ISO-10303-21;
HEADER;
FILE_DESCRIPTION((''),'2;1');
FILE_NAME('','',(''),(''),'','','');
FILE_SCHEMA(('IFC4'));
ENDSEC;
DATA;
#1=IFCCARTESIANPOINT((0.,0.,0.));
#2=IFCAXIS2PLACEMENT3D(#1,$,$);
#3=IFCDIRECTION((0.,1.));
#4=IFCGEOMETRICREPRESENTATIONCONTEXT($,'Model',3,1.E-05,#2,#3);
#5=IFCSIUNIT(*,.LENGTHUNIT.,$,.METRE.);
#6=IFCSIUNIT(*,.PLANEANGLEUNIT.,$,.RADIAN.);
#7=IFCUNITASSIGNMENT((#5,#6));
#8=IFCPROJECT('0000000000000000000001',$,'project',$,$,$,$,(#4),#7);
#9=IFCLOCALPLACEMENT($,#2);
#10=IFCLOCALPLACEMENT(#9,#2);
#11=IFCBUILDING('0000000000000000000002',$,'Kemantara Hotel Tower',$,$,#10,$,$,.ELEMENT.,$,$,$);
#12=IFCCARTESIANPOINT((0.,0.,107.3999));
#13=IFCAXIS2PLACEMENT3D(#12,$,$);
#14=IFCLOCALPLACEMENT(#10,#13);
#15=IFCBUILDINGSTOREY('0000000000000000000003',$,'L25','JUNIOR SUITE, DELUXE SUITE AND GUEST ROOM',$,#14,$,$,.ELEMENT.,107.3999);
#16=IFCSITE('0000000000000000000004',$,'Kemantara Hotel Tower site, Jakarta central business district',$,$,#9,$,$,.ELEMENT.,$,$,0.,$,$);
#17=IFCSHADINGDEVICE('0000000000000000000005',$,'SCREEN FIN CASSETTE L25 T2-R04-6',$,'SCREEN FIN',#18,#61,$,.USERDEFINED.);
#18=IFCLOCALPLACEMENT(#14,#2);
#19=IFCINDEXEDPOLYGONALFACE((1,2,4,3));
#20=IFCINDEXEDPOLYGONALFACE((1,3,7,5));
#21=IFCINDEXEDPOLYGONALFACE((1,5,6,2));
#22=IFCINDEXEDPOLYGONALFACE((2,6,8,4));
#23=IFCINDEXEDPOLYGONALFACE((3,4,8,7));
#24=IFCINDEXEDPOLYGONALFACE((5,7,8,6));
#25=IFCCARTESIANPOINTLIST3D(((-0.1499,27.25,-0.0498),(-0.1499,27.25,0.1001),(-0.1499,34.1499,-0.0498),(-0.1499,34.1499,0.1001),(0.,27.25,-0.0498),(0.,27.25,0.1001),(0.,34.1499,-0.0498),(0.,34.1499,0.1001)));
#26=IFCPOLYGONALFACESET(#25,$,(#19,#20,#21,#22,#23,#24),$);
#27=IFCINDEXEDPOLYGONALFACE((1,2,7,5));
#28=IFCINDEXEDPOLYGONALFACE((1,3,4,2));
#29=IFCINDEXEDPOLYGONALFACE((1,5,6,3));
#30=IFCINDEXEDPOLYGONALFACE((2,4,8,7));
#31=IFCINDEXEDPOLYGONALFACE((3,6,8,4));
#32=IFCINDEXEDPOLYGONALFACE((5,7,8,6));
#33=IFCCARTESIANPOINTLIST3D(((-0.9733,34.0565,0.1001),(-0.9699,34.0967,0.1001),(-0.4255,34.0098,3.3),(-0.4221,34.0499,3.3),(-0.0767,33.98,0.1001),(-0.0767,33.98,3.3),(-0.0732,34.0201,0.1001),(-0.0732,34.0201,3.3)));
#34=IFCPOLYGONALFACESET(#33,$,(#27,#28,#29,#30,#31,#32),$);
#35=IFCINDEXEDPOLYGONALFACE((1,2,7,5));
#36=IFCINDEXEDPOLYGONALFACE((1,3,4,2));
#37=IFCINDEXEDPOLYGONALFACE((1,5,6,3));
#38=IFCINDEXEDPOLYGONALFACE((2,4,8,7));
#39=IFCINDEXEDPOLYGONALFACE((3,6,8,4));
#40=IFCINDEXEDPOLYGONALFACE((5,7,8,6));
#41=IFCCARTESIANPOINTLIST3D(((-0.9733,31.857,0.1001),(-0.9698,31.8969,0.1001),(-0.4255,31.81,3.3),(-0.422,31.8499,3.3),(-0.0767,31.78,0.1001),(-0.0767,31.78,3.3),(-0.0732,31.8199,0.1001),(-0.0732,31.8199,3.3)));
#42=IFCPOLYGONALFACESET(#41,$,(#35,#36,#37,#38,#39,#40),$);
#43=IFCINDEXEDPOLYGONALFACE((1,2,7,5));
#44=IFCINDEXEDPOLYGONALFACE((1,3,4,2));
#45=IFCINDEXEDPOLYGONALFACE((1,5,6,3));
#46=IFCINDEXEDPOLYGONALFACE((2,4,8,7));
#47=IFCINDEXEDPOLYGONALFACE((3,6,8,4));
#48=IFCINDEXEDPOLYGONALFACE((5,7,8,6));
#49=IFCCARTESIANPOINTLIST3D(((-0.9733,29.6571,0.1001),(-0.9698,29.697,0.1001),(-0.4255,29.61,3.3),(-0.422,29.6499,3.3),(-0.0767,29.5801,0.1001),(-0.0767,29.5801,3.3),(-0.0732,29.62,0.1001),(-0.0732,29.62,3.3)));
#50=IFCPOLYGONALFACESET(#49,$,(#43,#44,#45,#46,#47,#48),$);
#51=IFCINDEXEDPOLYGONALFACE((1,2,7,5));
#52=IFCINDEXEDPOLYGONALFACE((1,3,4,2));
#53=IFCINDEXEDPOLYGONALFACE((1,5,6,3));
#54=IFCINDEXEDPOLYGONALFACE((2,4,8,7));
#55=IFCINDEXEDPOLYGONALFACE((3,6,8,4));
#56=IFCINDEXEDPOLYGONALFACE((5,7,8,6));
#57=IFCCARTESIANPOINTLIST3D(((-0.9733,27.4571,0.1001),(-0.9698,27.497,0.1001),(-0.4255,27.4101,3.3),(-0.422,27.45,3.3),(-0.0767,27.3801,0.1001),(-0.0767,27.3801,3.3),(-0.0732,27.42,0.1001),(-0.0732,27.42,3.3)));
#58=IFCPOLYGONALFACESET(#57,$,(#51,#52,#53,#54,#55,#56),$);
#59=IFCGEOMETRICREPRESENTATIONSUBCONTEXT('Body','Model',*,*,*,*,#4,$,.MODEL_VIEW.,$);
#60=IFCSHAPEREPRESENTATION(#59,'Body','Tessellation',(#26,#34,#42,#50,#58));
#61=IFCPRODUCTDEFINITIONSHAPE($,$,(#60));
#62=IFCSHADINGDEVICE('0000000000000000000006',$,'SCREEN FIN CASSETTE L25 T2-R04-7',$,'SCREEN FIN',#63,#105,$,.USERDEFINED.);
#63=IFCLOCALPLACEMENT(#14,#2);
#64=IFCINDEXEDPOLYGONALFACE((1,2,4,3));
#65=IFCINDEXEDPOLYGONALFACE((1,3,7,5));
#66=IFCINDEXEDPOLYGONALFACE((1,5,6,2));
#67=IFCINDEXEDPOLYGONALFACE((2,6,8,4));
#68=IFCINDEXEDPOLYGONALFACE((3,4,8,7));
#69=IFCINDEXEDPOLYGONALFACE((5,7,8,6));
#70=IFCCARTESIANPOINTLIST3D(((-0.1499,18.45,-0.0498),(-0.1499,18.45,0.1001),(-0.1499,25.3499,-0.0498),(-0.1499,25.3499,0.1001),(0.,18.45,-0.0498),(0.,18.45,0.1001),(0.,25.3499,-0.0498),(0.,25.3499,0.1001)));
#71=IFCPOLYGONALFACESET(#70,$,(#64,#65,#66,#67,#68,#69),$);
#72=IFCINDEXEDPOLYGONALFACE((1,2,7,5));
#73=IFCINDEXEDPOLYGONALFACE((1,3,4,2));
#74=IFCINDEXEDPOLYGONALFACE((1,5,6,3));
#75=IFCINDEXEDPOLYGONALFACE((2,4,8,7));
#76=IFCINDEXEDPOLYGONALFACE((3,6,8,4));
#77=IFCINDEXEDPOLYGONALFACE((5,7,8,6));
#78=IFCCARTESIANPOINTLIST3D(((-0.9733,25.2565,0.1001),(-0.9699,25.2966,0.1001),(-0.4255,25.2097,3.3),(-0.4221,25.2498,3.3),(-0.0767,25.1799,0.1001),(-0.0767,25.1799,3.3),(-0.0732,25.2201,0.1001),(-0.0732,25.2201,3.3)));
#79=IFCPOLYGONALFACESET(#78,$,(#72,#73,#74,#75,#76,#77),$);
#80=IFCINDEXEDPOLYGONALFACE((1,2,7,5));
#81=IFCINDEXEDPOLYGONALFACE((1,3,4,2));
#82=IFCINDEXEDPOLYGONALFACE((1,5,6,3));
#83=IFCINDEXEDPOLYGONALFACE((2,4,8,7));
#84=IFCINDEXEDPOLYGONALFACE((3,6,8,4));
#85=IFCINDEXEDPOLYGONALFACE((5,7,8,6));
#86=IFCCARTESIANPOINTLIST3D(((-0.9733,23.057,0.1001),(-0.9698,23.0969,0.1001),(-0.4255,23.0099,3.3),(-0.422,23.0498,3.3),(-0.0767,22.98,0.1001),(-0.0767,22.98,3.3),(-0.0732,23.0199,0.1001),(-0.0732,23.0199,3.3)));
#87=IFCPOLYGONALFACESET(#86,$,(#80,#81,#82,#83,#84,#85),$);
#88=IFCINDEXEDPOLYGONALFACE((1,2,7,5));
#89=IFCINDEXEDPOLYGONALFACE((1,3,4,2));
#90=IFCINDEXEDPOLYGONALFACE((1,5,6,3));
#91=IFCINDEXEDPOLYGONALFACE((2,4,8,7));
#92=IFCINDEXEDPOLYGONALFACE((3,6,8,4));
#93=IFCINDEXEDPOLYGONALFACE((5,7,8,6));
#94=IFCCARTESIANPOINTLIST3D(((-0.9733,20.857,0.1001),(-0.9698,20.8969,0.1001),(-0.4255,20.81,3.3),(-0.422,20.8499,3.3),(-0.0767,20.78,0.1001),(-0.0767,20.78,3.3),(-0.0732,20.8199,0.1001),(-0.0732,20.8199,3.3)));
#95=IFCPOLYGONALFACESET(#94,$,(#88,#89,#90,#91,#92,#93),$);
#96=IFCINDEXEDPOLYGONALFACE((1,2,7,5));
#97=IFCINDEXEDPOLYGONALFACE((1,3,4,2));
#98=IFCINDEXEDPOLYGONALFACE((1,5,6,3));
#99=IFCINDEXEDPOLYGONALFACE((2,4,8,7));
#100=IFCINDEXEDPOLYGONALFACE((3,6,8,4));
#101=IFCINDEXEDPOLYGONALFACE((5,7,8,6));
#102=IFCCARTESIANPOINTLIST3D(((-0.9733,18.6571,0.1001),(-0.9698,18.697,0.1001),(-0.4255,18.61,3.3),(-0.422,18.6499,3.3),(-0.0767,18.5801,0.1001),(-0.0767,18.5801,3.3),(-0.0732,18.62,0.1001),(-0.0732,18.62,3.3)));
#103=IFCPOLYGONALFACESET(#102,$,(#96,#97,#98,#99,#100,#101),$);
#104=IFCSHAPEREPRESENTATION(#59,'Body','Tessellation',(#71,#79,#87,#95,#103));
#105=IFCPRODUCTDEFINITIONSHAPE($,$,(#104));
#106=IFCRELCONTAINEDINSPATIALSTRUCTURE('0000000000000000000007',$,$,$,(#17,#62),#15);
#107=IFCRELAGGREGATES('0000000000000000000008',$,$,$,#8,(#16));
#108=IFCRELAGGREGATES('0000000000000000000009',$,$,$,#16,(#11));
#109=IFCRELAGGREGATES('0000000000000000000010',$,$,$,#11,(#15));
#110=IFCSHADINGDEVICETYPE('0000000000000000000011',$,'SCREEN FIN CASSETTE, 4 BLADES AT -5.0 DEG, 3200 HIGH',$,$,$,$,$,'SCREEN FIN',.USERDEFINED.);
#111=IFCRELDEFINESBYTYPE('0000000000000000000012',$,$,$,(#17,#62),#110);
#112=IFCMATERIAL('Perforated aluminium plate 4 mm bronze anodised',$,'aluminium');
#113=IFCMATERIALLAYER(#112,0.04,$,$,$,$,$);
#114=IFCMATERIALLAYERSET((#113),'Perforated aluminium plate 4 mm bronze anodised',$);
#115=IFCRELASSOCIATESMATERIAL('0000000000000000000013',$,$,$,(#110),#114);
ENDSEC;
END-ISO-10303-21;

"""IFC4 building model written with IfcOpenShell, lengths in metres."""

from ifc_helpers import new_model, si_unit, direction, frame, origin, origin_2d, place, context, subcontext, project, spatial, polyline, rectangle, outline, extrude, source, transform, mapped, material, layer, layer_set, type_object, element, save


model = new_model("IFC4")

# Units and contexts
model_context = context("Model", 3, precision=1e-05, world=origin(), true_north=direction((0.0, 1.0)))
body_context = subcontext(model_context, "Body", "Model", "MODEL_VIEW")
ifc_project = project(units=[si_unit("LENGTHUNIT", "METRE"), si_unit("PLANEANGLEUNIT", "RADIAN")], contexts=[model_context])

# Site, building, storey
site_placement = place(None, origin())
site = spatial("IfcSite", under=ifc_project, at=site_placement, Name="Kemantara Hotel Tower site, Jakarta central business district", CompositionType="ELEMENT", RefElevation=0.0)
building_placement = place(site_placement, origin())
building = spatial("IfcBuilding", under=site, at=building_placement, Name="Kemantara Hotel Tower", CompositionType="ELEMENT")
storey_placement = place(building_placement, frame((0.0, 0.0, 107.3999)))
storey = spatial("IfcBuildingStorey", under=building, at=storey_placement, Name="L25", Description="JUNIOR SUITE, DELUXE SUITE AND GUEST ROOM", CompositionType="ELEMENT", Elevation=107.3999)

# Shading devices
ifc_material_1 = material(Name="Perforated aluminium plate 4 mm bronze anodised", Category="aluminium")
ifc_layer_1 = layer(ifc_material_1, 0.04)
ifc_layer_set_1 = layer_set([ifc_layer_1], Name="Perforated aluminium plate 4 mm bronze anodised")
shading_device_type = type_object("IfcShadingDeviceType", Name="SCREEN FIN CASSETTE, 4 BLADES AT -5.0 DEG, 3200 HIGH", ElementType="SCREEN FIN", PredefinedType="USERDEFINED", material=ifc_layer_set_1)
shared_shape = source(origin(), body_context, "Body", "SweptSolid", [
    extrude(rectangle(XDim=6.8999, YDim=0.1499, at=origin_2d()), frame((3.3, -0.075, -0.1499), z_axis=(0.0, 0.0, 1.0), x_axis=(1.0, 0.0, 0.0)), (0.0, 0.0, 1.0), 0.1499),
    extrude(outline(polyline([(0.0, 0.0), (0.8999, 0.0), (0.3501, 3.2), (0.0, 3.2), (0.0, 0.0)])), frame((0.02, -0.0767, 0.0), z_axis=(-0.996376, 0.085056, 0.0), x_axis=(-0.085056, -0.996376, 0.0)), (0.0, 0.0, 1.0), 0.0403),
    extrude(outline(polyline([(0.0, 0.0), (0.8999, 0.0), (0.3501, 3.2), (0.0, 3.2), (0.0, 0.0)])), frame((2.22, -0.0767, 0.0), z_axis=(-0.996332, 0.085575, 0.0), x_axis=(-0.085575, -0.996332, 0.0)), (0.0, 0.0, 1.0), 0.04),
    extrude(outline(polyline([(0.0, 0.0), (0.8999, 0.0), (0.3501, 3.2), (0.0, 3.2), (0.0, 0.0)])), frame((4.4199, -0.0767, 0.0), z_axis=(-0.996332, 0.085575, 0.0), x_axis=(-0.085575, -0.996332, 0.0)), (0.0, 0.0, 1.0), 0.04),
    extrude(outline(polyline([(0.0, 0.0), (0.8999, 0.0), (0.3501, 3.2), (0.0, 3.2), (0.0, 0.0)])), frame((6.6199, -0.0767, 0.0), z_axis=(-0.996332, 0.085575, 0.0), x_axis=(-0.085575, -0.996332, 0.0)), (0.0, 0.0, 1.0), 0.04),
])
for number, where, z_axis, x_axis, name in (
    (1, (0.0, 34.0, 0.1001), (0.0, 0.0, 1.0), (0.0, -1.0, 0.0), "SCREEN FIN CASSETTE L25 T2-R04-6"),
    (2, (0.0, 25.2, 0.1001), (0.0, 0.0, 1.0), (0.0, -1.0, 0.0), "SCREEN FIN CASSETTE L25 T2-R04-7"),
):
    element("IfcShadingDevice", number, at=place(storey_placement, frame(where, z_axis=z_axis, x_axis=x_axis)), inside=storey, type_object=shading_device_type, Name=name, ObjectType="SCREEN FIN", PredefinedType="USERDEFINED", context=body_context, shape_type="MappedRepresentation", body=[
        mapped(shared_shape, transform((0.0, 0.0, 0.0))),
    ])

save(model, "model.ifc")
